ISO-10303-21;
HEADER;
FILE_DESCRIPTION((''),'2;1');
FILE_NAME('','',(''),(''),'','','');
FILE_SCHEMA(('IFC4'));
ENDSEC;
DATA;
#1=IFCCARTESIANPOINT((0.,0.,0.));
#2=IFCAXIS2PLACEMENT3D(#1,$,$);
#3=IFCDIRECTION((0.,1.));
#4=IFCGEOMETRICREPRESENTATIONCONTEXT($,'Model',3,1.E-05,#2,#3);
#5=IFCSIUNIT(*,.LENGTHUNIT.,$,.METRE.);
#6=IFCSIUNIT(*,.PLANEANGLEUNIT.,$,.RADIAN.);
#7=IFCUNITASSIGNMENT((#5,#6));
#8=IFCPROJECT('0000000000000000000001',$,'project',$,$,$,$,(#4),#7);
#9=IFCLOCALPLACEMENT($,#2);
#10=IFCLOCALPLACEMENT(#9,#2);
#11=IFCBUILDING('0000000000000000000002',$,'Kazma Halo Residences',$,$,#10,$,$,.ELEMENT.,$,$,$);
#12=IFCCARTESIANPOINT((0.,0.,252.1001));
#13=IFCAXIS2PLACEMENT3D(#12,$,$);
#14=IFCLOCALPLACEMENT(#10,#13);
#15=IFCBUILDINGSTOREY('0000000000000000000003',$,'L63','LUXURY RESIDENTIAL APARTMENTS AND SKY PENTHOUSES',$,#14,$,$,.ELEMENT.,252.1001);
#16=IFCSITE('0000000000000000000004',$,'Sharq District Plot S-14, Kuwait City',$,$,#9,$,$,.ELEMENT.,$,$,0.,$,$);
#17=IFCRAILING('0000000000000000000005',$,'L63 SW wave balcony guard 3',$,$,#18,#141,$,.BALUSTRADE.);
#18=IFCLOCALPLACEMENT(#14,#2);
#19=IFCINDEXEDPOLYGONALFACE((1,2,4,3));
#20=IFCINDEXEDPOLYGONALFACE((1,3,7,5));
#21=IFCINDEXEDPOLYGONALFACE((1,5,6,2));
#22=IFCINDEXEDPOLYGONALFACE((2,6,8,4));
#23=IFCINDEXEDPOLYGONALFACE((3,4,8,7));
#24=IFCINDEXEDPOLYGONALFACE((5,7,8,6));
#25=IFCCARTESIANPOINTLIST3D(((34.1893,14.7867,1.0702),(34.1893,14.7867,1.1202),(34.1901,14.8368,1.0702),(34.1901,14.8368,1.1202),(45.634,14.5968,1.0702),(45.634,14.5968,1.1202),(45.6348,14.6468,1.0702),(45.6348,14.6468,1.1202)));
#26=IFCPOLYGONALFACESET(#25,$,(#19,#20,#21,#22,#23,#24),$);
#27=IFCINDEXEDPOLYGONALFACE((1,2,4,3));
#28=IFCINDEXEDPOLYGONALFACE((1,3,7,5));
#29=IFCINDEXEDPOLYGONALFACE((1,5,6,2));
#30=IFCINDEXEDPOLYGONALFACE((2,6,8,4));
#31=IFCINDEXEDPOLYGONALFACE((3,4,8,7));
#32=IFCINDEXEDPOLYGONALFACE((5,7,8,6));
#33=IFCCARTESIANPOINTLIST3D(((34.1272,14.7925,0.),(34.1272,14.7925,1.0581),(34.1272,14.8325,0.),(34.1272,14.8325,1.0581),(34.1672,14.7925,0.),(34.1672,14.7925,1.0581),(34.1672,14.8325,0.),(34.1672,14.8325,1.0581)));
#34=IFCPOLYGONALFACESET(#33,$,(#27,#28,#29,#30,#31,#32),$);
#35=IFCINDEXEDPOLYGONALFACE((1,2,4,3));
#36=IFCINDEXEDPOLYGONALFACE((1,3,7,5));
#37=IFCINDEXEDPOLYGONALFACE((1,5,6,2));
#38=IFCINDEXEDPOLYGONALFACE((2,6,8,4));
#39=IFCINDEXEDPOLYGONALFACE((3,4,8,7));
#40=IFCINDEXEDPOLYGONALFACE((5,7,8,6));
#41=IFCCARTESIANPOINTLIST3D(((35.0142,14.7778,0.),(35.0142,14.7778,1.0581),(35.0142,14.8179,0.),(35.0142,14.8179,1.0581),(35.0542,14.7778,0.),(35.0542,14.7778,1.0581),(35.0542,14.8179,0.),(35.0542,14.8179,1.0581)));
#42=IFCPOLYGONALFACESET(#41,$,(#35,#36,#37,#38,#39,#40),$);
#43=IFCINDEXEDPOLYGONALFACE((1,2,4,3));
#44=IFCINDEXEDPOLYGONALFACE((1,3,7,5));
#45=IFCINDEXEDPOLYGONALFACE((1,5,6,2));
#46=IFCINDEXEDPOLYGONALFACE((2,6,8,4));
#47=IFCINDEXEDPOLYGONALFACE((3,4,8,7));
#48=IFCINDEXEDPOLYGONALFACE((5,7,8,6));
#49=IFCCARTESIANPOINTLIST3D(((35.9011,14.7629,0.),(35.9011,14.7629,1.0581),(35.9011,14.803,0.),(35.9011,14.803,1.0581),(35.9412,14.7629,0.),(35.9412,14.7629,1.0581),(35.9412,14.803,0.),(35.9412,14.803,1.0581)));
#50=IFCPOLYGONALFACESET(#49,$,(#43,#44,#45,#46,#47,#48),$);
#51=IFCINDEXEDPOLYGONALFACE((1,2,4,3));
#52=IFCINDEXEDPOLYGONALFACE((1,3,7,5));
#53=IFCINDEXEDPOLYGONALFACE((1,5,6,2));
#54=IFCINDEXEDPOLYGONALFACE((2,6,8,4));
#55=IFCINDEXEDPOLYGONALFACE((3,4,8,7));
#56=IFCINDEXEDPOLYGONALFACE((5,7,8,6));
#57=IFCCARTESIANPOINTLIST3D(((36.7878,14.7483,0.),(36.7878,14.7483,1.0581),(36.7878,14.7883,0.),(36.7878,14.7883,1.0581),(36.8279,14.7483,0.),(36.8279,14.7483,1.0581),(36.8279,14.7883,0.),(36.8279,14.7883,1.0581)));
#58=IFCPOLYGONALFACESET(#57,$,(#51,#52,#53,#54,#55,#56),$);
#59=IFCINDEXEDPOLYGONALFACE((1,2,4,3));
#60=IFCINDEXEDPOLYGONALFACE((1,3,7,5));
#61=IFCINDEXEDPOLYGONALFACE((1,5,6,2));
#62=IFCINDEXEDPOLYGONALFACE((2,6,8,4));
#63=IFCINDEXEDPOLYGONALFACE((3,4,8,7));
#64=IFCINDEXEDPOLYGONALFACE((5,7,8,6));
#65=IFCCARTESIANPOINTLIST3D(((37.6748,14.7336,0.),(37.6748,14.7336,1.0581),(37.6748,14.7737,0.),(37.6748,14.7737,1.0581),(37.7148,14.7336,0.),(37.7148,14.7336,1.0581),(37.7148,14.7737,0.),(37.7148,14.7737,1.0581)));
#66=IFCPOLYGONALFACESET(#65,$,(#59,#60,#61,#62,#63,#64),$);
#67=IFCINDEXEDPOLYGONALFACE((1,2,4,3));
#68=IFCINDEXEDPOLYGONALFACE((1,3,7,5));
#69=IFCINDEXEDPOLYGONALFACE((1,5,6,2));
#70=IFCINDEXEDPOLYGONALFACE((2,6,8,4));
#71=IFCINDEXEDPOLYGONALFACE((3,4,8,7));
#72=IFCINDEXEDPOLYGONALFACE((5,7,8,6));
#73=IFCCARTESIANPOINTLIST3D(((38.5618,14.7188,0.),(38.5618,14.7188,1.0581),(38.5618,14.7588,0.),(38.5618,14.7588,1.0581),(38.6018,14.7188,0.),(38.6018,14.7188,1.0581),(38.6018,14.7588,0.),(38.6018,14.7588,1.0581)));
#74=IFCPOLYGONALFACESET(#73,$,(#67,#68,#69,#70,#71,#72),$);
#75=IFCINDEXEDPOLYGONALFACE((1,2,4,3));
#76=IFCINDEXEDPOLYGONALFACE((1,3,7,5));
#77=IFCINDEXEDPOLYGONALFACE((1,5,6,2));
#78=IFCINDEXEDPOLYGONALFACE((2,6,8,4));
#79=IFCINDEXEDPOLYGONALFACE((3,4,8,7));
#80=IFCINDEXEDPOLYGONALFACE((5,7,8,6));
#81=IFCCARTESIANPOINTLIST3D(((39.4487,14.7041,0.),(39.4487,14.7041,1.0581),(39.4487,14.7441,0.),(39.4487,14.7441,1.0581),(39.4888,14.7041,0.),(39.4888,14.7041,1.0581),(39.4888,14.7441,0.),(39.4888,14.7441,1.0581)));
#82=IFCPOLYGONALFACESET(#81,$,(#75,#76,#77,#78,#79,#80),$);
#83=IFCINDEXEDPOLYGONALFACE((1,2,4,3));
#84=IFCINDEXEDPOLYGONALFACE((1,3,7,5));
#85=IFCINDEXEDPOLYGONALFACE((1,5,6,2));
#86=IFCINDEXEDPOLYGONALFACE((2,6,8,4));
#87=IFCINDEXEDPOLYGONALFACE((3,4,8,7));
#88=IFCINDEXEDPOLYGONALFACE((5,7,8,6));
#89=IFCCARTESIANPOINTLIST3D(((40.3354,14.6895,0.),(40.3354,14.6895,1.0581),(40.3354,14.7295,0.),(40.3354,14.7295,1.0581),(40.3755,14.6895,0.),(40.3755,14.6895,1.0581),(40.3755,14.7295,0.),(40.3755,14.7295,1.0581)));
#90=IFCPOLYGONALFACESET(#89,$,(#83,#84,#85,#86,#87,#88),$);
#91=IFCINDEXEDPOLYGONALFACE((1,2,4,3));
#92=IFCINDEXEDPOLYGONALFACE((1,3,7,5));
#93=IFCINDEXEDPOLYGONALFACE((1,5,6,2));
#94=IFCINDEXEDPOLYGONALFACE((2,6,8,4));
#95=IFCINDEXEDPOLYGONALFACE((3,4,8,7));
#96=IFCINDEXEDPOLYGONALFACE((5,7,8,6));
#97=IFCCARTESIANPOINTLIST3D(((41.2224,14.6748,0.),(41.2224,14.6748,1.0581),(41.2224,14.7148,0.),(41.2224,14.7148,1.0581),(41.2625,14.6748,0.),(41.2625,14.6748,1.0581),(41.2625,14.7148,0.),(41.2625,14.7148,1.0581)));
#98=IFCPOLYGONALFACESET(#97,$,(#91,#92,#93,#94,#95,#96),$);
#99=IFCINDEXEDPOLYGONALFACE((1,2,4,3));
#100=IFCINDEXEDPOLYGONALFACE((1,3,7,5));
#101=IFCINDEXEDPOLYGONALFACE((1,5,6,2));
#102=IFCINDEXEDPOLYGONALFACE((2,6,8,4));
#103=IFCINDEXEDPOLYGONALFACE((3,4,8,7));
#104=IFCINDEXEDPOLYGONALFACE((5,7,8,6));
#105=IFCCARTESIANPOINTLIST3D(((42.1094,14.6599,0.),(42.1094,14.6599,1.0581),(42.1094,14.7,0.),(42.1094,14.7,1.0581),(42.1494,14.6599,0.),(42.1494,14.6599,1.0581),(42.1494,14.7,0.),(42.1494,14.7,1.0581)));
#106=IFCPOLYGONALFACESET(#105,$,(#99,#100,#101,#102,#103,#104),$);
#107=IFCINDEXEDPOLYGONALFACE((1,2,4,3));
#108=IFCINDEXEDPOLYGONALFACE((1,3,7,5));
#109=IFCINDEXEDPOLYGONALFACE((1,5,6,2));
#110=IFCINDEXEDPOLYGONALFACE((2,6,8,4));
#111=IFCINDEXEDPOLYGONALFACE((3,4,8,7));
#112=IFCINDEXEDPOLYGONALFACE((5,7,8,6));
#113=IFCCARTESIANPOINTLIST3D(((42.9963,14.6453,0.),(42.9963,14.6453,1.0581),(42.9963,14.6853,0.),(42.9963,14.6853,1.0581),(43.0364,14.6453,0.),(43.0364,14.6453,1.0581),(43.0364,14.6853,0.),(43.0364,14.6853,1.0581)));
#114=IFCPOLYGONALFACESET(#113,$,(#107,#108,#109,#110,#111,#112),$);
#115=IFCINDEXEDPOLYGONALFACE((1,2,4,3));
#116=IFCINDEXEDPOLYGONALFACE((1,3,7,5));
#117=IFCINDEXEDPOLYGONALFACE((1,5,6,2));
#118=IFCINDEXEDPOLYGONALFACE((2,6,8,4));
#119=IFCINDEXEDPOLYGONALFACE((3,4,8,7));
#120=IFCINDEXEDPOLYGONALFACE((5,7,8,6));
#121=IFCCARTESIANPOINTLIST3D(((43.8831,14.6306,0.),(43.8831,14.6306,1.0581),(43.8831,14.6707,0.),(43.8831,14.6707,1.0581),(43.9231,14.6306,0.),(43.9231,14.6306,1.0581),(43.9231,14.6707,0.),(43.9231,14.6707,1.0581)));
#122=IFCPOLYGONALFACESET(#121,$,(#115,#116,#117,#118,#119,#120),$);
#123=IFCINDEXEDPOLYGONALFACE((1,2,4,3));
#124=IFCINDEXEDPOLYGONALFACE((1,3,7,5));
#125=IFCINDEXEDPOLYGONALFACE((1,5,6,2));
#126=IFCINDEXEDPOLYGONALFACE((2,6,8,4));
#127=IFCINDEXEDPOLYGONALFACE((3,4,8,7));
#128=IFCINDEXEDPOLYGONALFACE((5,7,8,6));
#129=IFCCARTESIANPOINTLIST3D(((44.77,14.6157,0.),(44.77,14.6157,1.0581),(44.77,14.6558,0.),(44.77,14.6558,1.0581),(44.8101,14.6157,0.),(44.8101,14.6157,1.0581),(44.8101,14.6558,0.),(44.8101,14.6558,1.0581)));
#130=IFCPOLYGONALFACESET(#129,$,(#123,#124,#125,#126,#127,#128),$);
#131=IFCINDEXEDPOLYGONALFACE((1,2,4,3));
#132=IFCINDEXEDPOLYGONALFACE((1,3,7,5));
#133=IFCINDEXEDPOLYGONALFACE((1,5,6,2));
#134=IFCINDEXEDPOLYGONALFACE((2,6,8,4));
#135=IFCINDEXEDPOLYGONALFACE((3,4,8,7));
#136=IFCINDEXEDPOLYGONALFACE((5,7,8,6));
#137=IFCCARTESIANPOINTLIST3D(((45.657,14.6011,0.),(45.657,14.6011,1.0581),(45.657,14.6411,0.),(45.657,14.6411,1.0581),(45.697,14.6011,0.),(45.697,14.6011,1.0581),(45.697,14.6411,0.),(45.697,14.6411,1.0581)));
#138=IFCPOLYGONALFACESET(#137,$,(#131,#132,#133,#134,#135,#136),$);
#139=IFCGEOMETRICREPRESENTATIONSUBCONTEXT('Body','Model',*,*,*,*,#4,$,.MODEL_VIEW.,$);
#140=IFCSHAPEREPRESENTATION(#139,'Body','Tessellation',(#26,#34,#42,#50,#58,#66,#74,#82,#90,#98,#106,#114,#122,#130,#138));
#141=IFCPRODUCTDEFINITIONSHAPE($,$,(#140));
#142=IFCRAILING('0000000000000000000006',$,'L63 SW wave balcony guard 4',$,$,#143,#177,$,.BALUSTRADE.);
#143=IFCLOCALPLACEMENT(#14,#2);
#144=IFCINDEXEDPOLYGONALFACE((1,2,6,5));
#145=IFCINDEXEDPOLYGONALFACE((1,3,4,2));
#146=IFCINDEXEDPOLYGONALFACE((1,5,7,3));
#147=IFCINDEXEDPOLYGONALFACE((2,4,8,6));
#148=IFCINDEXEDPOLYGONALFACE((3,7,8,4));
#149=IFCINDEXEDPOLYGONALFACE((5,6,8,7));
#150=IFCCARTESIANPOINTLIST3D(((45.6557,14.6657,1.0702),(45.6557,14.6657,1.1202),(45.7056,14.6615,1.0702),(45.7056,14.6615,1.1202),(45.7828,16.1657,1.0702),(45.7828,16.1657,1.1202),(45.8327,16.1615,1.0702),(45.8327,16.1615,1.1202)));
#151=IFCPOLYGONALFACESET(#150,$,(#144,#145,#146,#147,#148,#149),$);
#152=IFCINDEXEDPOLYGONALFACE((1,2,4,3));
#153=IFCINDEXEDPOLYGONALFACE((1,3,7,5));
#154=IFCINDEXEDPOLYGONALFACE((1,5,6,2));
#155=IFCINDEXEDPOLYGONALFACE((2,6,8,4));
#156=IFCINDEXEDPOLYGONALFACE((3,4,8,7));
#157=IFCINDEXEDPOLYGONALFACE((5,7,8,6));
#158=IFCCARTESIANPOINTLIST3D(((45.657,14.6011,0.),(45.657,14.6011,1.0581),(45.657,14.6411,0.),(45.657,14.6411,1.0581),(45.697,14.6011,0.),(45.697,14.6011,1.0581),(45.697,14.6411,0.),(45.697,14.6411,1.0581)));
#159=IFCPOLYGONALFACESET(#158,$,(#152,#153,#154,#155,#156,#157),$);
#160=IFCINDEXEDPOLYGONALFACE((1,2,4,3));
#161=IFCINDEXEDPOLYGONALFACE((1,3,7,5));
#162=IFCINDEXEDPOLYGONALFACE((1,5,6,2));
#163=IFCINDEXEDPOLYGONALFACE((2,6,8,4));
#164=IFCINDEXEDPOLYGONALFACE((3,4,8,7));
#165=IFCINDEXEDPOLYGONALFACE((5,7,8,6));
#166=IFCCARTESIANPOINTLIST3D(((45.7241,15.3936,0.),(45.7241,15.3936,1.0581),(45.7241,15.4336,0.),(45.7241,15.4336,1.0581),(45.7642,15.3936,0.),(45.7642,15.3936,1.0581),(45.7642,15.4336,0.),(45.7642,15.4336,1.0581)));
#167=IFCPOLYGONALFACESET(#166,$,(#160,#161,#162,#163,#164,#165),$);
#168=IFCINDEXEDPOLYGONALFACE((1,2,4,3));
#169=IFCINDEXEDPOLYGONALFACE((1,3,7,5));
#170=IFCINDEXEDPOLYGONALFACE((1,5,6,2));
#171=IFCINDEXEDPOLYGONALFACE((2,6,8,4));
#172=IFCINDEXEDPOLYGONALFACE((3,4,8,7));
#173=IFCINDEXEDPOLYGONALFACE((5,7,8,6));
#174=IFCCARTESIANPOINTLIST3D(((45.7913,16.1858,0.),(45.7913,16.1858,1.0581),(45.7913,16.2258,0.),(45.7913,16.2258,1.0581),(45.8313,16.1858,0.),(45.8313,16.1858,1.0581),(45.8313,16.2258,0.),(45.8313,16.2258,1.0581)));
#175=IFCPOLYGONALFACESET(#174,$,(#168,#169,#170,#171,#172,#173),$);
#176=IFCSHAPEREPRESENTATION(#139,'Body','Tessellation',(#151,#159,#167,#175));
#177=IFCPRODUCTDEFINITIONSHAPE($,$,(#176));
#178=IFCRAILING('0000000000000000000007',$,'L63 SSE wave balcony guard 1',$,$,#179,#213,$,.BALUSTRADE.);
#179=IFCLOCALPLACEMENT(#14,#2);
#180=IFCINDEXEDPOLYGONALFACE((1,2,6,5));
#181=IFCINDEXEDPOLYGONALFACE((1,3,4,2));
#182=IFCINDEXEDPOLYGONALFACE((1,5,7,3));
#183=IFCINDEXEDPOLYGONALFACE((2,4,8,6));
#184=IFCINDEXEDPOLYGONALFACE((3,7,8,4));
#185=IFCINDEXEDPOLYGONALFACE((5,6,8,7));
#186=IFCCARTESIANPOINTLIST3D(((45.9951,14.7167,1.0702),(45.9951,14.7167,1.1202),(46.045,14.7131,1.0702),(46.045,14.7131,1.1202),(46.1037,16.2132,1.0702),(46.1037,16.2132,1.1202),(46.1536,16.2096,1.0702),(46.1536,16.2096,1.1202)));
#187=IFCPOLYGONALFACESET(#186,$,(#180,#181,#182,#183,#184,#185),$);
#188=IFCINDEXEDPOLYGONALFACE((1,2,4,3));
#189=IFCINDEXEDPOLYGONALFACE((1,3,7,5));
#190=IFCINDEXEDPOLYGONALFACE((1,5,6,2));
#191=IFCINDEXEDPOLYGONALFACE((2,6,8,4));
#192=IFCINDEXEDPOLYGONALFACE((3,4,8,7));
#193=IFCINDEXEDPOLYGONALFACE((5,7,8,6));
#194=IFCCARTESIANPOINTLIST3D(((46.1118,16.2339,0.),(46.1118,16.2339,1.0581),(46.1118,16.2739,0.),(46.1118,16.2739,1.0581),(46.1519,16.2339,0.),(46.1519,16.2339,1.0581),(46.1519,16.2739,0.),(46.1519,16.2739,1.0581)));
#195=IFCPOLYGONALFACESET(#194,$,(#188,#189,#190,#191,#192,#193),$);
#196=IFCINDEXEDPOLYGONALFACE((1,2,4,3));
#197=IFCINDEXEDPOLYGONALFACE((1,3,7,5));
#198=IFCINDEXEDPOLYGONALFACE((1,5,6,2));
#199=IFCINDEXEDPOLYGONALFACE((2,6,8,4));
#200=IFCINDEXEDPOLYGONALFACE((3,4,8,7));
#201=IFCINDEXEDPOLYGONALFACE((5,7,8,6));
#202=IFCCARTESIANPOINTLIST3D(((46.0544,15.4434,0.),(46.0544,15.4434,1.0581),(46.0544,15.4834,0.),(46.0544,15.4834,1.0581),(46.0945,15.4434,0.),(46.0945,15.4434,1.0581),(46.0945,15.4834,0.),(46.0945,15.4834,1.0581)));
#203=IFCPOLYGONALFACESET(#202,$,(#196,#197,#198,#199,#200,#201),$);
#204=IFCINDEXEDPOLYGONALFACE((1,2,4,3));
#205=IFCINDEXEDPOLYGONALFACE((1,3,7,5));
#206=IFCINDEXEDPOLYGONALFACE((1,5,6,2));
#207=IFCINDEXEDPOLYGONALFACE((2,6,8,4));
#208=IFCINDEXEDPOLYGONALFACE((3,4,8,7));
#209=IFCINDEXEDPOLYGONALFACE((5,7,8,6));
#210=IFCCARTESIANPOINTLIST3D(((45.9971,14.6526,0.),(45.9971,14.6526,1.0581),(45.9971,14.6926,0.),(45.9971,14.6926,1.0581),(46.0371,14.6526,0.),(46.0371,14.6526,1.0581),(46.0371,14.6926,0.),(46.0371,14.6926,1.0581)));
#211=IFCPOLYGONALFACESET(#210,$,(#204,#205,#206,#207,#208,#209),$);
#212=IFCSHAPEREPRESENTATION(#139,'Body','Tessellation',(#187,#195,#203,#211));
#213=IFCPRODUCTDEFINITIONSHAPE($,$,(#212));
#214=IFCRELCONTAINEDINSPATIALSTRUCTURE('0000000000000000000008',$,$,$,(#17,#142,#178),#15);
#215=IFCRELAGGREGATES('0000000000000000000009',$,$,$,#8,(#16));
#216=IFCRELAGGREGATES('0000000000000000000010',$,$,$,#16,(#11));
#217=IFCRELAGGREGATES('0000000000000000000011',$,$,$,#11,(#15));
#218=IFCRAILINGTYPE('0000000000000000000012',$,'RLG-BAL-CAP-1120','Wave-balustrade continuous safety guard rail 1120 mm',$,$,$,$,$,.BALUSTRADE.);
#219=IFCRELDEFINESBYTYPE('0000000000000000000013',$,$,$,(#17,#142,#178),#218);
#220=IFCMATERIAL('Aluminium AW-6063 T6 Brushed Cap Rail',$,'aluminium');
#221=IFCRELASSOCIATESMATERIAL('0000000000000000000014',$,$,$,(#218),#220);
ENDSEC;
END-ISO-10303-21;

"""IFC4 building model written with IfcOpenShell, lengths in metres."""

from ifc_helpers import new_model, si_unit, direction, frame, origin, origin_2d, place, context, subcontext, project, spatial, rectangle, extrude, material, type_object, element, save


model = new_model("IFC4")

# Units and contexts
model_context = context("Model", 3, precision=1e-05, world=origin(), true_north=direction((0.0, 1.0)))
body_context = subcontext(model_context, "Body", "Model", "MODEL_VIEW")
ifc_project = project(units=[si_unit("LENGTHUNIT", "METRE"), si_unit("PLANEANGLEUNIT", "RADIAN")], contexts=[model_context])

# Site, building, storey
site_placement = place(None, origin())
site = spatial("IfcSite", under=ifc_project, at=site_placement, Name="Sharq District Plot S-14, Kuwait City", CompositionType="ELEMENT", RefElevation=0.0)
building_placement = place(site_placement, origin())
building = spatial("IfcBuilding", under=site, at=building_placement, Name="Kazma Halo Residences", CompositionType="ELEMENT")
storey_placement = place(building_placement, frame((0.0, 0.0, 252.1001)))
storey = spatial("IfcBuildingStorey", under=building, at=storey_placement, Name="L63", Description="LUXURY RESIDENTIAL APARTMENTS AND SKY PENTHOUSES", CompositionType="ELEMENT", Elevation=252.1001)

# Railings
ifc_material_1 = material(Name="Aluminium AW-6063 T6 Brushed Cap Rail", Category="aluminium")
railing_type = type_object("IfcRailingType", Name="RLG-BAL-CAP-1120", Description="Wave-balustrade continuous safety guard rail 1120 mm", PredefinedType="BALUSTRADE", material=ifc_material_1)
railing_1_placement = place(storey_placement, frame((34.1472, 14.8125, 0.0)))
element("IfcRailing", 1, at=railing_1_placement, inside=storey, type_object=railing_type, Name="L63 SW wave balcony guard 3", PredefinedType="BALUSTRADE", context=body_context, shape_type="SweptSolid", body=[
    extrude(rectangle(XDim=0.05, YDim=0.05, at=origin_2d()), frame((0.0425, -0.0007, 1.0952), z_axis=(0.999862, -0.016599, 0.0), x_axis=(0.016599, 0.999862, 0.0)), (0.0, 0.0, 1.0), 11.4463),
    extrude(rectangle(XDim=0.04, YDim=0.04, at=origin_2d()), origin(), (0.0, 0.0, 1.0), 1.0581),
    extrude(rectangle(XDim=0.04, YDim=0.04, at=origin_2d()), frame((0.887, -0.0146, 0.0)), (0.0, 0.0, 1.0), 1.0581),
    extrude(rectangle(XDim=0.04, YDim=0.04, at=origin_2d()), frame((1.7739, -0.0295, 0.0)), (0.0, 0.0, 1.0), 1.0581),
    extrude(rectangle(XDim=0.04, YDim=0.04, at=origin_2d()), frame((2.6606, -0.0442, 0.0)), (0.0, 0.0, 1.0), 1.0581),
    extrude(rectangle(XDim=0.04, YDim=0.04, at=origin_2d()), frame((3.5476, -0.0588, 0.0)), (0.0, 0.0, 1.0), 1.0581),
    extrude(rectangle(XDim=0.04, YDim=0.04, at=origin_2d()), frame((4.4346, -0.0737, 0.0)), (0.0, 0.0, 1.0), 1.0581),
    extrude(rectangle(XDim=0.04, YDim=0.04, at=origin_2d()), frame((5.3215, -0.0884, 0.0)), (0.0, 0.0, 1.0), 1.0581),
    extrude(rectangle(XDim=0.04, YDim=0.04, at=origin_2d()), frame((6.2083, -0.103, 0.0)), (0.0, 0.0, 1.0), 1.0581),
    extrude(rectangle(XDim=0.04, YDim=0.04, at=origin_2d()), frame((7.0952, -0.1177, 0.0)), (0.0, 0.0, 1.0), 1.0581),
    extrude(rectangle(XDim=0.04, YDim=0.04, at=origin_2d()), frame((7.9822, -0.1326, 0.0)), (0.0, 0.0, 1.0), 1.0581),
    extrude(rectangle(XDim=0.04, YDim=0.04, at=origin_2d()), frame((8.8691, -0.1472, 0.0)), (0.0, 0.0, 1.0), 1.0581),
    extrude(rectangle(XDim=0.04, YDim=0.04, at=origin_2d()), frame((9.7559, -0.1619, 0.0)), (0.0, 0.0, 1.0), 1.0581),
    extrude(rectangle(XDim=0.04, YDim=0.04, at=origin_2d()), frame((10.6428, -0.1768, 0.0)), (0.0, 0.0, 1.0), 1.0581),
    extrude(rectangle(XDim=0.04, YDim=0.04, at=origin_2d()), frame((11.5298, -0.1914, 0.0)), (0.0, 0.0, 1.0), 1.0581),
])
railing_2_placement = place(storey_placement, frame((45.677, 14.6211, 0.0)))
element("IfcRailing", 2, at=railing_2_placement, inside=storey, type_object=railing_type, Name="L63 SW wave balcony guard 4", PredefinedType="BALUSTRADE", context=body_context, shape_type="SweptSolid", body=[
    extrude(rectangle(XDim=0.05, YDim=0.05, at=origin_2d()), frame((0.0037, 0.0425, 1.0952), z_axis=(0.08443, 0.996429, 0.0), x_axis=(-0.996429, 0.08443, 0.0)), (0.0, 0.0, 1.0), 1.5054),
    extrude(rectangle(XDim=0.04, YDim=0.04, at=origin_2d()), origin(), (0.0, 0.0, 1.0), 1.0581),
    extrude(rectangle(XDim=0.04, YDim=0.04, at=origin_2d()), frame((0.0671, 0.7925, 0.0)), (0.0, 0.0, 1.0), 1.0581),
    extrude(rectangle(XDim=0.04, YDim=0.04, at=origin_2d()), frame((0.1343, 1.5847, 0.0)), (0.0, 0.0, 1.0), 1.0581),
])
railing_3_placement = place(storey_placement, frame((46.1318, 16.2539, 0.0)))
element("IfcRailing", 3, at=railing_3_placement, inside=storey, type_object=railing_type, Name="L63 SSE wave balcony guard 1", PredefinedType="BALUSTRADE", context=body_context, shape_type="SweptSolid", body=[
    extrude(rectangle(XDim=0.05, YDim=0.05, at=origin_2d()), frame((-0.0032, -0.0425, 1.0952), z_axis=(-0.072374, -0.997378, 0.0), x_axis=(0.997378, -0.072374, 0.0)), (0.0, 0.0, 1.0), 1.5005),
    extrude(rectangle(XDim=0.04, YDim=0.04, at=origin_2d()), origin(), (0.0, 0.0, 1.0), 1.0581),
    extrude(rectangle(XDim=0.04, YDim=0.04, at=origin_2d()), frame((-0.0574, -0.7905, 0.0)), (0.0, 0.0, 1.0), 1.0581),
    extrude(rectangle(XDim=0.04, YDim=0.04, at=origin_2d()), frame((-0.1147, -1.5813, 0.0)), (0.0, 0.0, 1.0), 1.0581),
])

save(model, "model.ifc")
